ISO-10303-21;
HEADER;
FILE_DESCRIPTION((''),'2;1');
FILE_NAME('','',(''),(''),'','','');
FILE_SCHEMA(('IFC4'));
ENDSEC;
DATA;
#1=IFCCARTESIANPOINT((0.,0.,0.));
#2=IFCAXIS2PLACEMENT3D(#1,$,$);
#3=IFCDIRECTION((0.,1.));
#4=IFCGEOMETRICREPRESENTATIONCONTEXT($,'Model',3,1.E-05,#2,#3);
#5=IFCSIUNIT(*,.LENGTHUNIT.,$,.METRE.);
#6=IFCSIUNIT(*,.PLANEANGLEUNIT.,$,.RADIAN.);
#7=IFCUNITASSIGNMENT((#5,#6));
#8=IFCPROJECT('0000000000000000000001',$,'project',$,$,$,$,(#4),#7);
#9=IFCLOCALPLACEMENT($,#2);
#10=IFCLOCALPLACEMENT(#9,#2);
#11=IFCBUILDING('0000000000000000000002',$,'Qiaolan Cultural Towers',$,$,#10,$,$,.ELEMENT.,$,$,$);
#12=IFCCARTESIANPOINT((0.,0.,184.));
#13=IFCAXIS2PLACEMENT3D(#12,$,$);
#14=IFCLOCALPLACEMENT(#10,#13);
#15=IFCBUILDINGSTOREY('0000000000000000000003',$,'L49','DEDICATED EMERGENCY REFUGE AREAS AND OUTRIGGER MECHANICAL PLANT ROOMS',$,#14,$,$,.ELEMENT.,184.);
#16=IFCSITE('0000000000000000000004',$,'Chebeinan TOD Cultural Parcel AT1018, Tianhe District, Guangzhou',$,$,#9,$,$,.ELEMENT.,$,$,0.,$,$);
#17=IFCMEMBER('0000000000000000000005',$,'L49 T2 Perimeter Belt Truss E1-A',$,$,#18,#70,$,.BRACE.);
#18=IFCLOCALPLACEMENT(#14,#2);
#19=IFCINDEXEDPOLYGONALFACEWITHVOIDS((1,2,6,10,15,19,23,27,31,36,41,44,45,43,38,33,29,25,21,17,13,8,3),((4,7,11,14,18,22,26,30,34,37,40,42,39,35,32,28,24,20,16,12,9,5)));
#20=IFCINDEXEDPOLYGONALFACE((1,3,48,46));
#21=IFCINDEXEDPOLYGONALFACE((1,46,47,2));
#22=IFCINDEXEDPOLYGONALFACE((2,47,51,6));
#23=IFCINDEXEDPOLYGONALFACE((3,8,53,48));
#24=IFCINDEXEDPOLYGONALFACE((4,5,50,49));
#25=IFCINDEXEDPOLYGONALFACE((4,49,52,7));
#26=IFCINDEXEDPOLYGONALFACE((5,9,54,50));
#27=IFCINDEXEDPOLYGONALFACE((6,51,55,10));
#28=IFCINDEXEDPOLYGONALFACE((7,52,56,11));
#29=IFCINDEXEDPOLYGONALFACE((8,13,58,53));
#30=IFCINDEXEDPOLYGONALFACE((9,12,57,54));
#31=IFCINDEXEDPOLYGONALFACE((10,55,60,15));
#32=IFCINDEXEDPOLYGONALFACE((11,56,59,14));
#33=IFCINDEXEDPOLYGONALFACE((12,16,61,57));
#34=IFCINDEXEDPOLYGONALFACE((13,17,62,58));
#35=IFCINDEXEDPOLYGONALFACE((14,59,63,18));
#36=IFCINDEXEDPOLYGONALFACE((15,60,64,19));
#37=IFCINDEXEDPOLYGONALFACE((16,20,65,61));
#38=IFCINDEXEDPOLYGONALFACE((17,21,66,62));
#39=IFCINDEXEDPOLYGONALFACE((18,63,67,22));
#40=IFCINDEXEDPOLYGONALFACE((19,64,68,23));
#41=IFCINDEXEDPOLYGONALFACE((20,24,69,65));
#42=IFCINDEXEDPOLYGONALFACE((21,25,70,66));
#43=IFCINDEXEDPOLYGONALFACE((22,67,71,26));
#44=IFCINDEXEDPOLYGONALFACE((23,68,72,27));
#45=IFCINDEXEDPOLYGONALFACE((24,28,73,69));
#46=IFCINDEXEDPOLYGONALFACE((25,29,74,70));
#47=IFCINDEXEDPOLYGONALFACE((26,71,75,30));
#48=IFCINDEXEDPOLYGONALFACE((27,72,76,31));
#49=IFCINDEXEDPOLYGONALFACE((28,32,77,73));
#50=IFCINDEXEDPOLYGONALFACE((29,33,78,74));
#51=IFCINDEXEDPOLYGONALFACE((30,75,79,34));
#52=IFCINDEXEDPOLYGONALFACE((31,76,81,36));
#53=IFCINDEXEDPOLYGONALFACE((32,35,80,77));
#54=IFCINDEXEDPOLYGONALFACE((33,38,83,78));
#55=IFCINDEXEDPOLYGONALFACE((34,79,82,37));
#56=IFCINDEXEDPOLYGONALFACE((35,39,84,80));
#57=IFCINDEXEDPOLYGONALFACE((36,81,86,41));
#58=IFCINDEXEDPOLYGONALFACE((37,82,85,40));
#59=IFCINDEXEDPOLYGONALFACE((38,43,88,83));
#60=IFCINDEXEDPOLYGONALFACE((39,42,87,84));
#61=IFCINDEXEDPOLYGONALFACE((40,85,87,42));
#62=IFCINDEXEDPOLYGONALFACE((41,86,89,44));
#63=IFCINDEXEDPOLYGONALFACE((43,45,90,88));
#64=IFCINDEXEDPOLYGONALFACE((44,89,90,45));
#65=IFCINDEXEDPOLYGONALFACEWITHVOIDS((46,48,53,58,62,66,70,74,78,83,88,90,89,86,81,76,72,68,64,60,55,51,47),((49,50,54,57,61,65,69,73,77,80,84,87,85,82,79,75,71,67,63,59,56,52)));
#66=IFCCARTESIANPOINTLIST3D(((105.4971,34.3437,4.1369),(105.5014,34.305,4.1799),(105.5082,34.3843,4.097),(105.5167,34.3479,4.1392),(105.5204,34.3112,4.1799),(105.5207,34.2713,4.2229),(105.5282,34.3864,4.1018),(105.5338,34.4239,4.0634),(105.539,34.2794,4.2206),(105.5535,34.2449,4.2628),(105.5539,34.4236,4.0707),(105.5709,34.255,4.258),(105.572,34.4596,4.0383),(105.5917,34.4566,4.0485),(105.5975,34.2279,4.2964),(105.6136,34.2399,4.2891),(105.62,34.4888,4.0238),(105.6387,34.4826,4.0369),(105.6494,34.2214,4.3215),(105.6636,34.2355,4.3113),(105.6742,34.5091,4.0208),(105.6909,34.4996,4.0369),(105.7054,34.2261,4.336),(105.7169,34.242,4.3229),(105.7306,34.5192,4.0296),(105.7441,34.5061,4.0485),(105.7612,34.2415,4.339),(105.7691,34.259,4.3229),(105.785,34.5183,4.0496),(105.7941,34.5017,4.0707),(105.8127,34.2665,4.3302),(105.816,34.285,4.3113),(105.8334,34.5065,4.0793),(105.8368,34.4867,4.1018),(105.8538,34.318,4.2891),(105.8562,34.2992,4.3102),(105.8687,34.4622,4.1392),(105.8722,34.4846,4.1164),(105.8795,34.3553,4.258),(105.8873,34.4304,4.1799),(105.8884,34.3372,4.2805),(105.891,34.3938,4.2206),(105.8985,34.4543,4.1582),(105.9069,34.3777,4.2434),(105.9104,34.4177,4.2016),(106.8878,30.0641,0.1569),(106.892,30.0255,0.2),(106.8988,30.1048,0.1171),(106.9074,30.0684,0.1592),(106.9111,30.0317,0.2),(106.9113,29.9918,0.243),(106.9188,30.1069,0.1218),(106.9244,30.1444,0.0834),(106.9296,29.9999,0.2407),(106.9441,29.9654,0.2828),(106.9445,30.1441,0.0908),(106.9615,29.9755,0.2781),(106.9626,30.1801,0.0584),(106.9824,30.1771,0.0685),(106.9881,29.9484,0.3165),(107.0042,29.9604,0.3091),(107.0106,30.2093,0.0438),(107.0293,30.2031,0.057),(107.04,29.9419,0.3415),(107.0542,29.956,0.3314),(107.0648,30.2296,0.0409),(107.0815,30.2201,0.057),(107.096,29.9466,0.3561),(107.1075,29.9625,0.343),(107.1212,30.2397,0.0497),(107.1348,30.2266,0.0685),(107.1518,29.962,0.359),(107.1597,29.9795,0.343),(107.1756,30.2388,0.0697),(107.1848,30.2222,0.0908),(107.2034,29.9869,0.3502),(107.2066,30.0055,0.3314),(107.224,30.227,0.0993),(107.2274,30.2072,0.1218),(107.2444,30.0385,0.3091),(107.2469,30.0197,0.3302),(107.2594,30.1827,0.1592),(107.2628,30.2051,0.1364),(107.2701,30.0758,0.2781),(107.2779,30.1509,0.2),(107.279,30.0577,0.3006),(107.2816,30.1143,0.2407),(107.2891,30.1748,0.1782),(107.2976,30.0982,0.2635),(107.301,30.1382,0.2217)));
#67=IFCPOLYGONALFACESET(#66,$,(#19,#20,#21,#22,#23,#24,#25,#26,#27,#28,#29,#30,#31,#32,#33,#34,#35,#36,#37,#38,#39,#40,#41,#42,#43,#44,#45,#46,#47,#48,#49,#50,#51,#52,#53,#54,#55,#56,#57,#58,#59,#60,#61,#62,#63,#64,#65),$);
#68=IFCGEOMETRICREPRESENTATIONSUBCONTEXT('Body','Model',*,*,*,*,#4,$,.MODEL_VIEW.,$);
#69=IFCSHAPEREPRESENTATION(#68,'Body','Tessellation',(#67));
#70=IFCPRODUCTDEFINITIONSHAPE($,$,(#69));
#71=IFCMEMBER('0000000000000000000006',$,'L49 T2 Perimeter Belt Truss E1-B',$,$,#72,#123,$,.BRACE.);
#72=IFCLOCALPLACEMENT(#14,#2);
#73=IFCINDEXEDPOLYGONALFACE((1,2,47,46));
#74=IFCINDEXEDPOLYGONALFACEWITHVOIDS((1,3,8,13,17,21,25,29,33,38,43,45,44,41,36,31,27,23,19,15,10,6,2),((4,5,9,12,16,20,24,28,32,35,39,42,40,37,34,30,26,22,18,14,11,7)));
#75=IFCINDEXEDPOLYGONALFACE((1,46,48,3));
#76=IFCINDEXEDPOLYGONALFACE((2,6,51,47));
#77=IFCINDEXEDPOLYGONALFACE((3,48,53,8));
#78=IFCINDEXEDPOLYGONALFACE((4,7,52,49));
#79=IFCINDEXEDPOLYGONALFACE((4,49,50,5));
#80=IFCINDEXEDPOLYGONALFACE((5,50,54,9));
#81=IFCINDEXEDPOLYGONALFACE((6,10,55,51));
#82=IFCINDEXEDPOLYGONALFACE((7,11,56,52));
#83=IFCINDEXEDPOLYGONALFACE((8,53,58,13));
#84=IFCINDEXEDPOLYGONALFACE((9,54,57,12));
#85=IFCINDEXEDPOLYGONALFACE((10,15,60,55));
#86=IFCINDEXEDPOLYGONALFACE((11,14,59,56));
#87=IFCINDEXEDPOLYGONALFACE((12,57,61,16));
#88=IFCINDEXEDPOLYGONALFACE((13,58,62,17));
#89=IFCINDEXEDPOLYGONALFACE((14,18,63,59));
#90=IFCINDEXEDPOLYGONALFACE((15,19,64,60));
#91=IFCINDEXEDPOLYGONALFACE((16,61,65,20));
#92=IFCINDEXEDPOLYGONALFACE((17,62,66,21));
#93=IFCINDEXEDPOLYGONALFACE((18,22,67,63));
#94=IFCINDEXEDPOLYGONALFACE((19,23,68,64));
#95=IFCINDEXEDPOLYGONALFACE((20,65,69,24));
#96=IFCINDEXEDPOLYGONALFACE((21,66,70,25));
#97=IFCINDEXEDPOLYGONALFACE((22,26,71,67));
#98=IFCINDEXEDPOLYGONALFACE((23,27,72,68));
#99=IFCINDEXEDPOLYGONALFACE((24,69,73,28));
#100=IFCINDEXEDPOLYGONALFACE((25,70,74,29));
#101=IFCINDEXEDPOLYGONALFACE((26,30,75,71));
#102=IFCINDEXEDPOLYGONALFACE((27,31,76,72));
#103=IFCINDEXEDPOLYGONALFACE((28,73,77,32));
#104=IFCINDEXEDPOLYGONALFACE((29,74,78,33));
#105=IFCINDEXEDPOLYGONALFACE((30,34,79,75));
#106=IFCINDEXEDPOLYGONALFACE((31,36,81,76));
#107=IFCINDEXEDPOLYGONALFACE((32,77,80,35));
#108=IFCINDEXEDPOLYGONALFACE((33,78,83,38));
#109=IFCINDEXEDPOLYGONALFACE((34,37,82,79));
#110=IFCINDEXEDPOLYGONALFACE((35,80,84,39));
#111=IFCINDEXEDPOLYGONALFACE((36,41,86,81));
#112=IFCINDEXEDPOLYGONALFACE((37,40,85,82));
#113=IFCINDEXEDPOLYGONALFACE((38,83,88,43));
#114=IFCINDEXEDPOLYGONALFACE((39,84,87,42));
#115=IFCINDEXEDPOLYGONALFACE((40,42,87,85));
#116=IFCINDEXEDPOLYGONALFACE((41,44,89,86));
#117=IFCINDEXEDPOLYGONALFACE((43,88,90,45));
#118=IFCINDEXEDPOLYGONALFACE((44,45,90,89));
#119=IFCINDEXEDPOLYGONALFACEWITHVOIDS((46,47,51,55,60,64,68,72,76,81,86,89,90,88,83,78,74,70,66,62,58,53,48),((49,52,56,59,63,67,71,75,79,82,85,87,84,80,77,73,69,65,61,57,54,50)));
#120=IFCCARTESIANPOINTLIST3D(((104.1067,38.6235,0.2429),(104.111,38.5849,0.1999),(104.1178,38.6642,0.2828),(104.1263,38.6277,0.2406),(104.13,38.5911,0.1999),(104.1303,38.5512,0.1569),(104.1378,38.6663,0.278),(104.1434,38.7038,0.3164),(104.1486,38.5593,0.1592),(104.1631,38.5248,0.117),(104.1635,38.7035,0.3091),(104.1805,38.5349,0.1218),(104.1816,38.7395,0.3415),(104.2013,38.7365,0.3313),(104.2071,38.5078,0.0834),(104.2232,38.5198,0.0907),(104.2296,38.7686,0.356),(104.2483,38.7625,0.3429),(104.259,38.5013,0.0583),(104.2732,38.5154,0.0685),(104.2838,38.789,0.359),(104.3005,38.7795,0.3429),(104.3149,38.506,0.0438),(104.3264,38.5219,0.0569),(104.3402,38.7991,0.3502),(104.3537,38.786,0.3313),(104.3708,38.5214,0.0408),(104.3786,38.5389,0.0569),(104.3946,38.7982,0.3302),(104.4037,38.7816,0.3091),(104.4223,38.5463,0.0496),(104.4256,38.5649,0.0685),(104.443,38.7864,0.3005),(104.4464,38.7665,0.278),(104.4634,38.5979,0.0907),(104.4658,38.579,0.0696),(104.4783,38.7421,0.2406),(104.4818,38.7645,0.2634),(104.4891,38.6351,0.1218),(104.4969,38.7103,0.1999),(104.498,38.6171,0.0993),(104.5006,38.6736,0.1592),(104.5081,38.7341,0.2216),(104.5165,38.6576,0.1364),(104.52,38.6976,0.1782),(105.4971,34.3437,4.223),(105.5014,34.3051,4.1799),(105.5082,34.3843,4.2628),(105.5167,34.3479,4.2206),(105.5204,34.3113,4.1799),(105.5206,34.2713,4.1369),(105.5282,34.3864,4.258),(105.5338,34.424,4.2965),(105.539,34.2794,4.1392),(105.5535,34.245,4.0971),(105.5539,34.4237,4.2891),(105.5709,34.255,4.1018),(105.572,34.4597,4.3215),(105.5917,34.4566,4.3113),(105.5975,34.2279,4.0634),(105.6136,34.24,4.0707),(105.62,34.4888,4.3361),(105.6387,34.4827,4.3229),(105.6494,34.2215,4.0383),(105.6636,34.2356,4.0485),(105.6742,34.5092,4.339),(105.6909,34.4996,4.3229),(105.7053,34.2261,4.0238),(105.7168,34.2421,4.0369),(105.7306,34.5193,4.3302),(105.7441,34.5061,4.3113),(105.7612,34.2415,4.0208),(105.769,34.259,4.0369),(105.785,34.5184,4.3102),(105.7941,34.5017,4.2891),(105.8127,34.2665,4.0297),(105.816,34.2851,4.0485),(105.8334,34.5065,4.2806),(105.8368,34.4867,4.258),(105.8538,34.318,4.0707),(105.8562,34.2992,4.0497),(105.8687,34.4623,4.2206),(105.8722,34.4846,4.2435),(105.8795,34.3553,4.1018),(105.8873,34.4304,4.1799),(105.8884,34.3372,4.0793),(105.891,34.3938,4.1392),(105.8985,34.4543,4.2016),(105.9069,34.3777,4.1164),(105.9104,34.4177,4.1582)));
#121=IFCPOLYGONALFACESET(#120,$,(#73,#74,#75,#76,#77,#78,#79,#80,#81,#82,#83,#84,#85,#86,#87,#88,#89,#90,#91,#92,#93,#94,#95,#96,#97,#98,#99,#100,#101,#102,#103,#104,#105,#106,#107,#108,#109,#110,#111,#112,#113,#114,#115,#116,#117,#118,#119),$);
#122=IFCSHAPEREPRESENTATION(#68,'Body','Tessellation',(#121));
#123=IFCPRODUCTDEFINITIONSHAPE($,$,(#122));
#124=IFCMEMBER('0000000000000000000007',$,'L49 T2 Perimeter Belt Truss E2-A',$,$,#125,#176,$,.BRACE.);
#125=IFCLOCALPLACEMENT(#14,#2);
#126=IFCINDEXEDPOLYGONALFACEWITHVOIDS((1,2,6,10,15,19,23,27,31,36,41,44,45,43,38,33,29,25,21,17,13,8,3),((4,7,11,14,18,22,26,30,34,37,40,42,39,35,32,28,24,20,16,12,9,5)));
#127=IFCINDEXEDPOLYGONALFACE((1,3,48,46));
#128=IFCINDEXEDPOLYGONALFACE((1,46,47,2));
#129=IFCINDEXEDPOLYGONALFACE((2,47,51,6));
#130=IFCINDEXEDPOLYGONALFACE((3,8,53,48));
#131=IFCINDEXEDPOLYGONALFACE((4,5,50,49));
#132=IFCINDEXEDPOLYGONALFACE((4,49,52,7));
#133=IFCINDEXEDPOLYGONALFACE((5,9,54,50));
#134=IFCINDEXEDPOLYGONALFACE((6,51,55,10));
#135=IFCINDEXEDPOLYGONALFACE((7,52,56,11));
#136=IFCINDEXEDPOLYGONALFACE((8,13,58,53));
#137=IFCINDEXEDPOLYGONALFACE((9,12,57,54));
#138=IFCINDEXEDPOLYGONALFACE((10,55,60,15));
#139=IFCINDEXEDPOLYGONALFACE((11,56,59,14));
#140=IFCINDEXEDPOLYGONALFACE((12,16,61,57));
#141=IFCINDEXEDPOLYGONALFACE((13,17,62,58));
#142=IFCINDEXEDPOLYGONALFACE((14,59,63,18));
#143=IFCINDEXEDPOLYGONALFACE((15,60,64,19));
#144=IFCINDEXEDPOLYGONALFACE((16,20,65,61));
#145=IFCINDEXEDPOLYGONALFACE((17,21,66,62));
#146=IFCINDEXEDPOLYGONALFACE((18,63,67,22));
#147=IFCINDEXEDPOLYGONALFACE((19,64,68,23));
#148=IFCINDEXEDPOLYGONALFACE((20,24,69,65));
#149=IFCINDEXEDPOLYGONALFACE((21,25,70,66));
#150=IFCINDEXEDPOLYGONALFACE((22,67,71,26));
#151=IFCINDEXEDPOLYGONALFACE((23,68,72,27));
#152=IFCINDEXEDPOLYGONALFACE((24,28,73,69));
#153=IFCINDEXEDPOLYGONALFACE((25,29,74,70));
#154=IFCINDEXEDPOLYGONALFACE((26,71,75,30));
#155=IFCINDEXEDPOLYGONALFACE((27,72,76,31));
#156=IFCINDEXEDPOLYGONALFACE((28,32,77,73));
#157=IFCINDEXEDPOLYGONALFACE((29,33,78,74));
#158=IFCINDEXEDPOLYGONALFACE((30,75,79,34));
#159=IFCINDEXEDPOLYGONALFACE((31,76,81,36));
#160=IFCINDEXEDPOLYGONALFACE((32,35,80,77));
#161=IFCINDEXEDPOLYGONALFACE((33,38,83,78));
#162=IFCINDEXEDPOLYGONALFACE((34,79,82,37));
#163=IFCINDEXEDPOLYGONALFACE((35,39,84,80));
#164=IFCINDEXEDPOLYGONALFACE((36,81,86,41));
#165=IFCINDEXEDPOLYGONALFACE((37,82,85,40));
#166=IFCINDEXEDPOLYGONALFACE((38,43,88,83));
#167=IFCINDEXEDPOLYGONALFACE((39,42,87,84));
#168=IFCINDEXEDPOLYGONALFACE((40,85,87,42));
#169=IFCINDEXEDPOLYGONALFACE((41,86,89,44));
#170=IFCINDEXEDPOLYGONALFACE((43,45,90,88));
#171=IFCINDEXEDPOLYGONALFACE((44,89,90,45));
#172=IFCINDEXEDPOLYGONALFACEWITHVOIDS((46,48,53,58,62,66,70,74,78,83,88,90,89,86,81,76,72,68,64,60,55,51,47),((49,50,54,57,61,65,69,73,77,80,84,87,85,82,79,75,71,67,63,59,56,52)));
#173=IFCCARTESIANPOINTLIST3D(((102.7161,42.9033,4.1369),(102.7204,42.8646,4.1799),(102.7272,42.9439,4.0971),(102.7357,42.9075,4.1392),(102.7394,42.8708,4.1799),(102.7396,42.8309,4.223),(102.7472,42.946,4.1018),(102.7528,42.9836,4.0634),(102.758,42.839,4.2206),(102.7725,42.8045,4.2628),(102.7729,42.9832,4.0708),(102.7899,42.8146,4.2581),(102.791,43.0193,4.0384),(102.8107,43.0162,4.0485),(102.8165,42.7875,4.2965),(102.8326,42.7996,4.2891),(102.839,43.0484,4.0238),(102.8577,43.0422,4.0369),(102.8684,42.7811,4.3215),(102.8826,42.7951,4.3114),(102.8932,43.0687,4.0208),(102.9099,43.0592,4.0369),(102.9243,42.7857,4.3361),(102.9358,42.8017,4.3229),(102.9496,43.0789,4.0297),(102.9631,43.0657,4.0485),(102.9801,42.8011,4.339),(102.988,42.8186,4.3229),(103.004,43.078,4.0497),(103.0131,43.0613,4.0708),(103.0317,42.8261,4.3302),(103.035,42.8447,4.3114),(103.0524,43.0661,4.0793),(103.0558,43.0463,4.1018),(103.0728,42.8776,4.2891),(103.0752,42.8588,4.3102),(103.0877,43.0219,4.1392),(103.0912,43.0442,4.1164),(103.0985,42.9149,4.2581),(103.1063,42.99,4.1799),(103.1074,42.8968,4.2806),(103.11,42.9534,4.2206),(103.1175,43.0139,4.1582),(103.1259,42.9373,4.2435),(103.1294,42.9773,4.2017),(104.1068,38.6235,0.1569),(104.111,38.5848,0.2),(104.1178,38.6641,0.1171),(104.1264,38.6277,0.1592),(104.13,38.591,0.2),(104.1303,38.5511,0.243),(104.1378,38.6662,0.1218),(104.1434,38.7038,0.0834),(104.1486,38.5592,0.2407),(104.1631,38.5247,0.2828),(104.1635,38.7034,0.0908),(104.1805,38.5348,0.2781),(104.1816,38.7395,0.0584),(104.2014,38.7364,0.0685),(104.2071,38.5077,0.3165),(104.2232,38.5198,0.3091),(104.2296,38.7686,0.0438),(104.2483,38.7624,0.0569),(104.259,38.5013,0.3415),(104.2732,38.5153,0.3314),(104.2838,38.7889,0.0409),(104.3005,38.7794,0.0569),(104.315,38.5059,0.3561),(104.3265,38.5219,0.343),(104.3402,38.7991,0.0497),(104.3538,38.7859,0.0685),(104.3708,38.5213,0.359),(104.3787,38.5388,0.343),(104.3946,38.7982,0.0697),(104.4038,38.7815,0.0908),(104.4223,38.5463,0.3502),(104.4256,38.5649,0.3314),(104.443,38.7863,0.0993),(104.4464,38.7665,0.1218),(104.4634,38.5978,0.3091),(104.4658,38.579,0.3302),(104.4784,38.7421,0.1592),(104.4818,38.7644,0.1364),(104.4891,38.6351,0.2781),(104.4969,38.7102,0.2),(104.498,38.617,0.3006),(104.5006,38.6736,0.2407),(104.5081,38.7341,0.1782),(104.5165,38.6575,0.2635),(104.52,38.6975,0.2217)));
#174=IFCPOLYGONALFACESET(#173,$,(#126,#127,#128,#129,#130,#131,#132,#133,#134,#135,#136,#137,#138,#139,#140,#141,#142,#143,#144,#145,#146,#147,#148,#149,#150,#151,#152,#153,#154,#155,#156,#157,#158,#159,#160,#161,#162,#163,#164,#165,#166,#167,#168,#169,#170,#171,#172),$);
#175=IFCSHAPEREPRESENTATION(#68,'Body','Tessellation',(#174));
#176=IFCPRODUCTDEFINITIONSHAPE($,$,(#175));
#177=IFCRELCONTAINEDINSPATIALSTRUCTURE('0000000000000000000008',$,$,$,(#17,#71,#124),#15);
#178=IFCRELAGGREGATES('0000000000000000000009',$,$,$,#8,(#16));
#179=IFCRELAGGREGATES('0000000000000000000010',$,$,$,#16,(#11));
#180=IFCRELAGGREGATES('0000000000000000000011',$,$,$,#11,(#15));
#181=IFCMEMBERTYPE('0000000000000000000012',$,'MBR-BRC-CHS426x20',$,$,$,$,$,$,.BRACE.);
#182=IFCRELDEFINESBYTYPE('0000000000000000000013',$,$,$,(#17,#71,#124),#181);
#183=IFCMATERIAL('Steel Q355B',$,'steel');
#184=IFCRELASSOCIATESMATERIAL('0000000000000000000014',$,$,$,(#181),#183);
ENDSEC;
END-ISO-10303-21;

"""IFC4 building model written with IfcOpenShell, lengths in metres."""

from ifc_helpers import new_model, si_unit, direction, frame, origin, origin_2d, place, context, subcontext, project, spatial, hollow_circle, extrude, material, material_profile, profile_set, type_object, element, save


model = new_model("IFC4")

# Units and contexts
model_context = context("Model", 3, precision=1e-05, world=origin(), true_north=direction((0.0, 1.0)))
body_context = subcontext(model_context, "Body", "Model", "MODEL_VIEW")
ifc_project = project(units=[si_unit("LENGTHUNIT", "METRE"), si_unit("PLANEANGLEUNIT", "RADIAN")], contexts=[model_context])

# Site, building, storey
site_placement = place(None, origin())
site = spatial("IfcSite", under=ifc_project, at=site_placement, Name="Chebeinan TOD Cultural Parcel AT1018, Tianhe District, Guangzhou", CompositionType="ELEMENT", RefElevation=0.0)
building_placement = place(site_placement, origin())
building = spatial("IfcBuilding", under=site, at=building_placement, Name="Qiaolan Cultural Towers", CompositionType="ELEMENT")
storey_placement = place(building_placement, frame((0.0, 0.0, 184.0)))
storey = spatial("IfcBuildingStorey", under=building, at=storey_placement, Name="L49", Description="DEDICATED EMERGENCY REFUGE AREAS AND OUTRIGGER MECHANICAL PLANT ROOMS", CompositionType="ELEMENT", Elevation=184.0)

# Members
ifc_material_1 = material(Name="Steel Q355B", Category="steel")
ifc_material_profile_1 = material_profile(ifc_material_1, hollow_circle(Radius=0.2129, WallThickness=0.02, at=origin_2d()), Name="CHS426x20")
ifc_profile_set_1 = profile_set([ifc_material_profile_1], Name="Steel Q355B")
member_type_1 = type_object("IfcMemberType", Name="MBR-BRC-CHS426x20", PredefinedType="BRACE", material=ifc_profile_set_1)
member_1_placement = place(storey_placement, frame((107.0945, 30.0913, 0.2), z_axis=(-0.231486, 0.712381, 0.662516), x_axis=(-0.951049, -0.309041, 0.0)))
element("IfcMember", 1, at=member_1_placement, inside=storey, type_object=member_type_1, Name="L49 T2 Perimeter Belt Truss E1-A", PredefinedType="BRACE", context=body_context, shape_type="SweptSolid", body=[
    extrude(hollow_circle(Radius=0.2129, WallThickness=0.02, at=origin_2d()), origin(), (0.0, 0.0, 1.0), 6.0073),
])
for number, where, z_axis, x_axis, name in (
    (2, (105.7039, 34.3708, 4.1799), (-0.231441, 0.712408, -0.662503), (-0.95107, -0.308976, 0.0), "L49 T2 Perimeter Belt Truss E1-B"),
    (3, (104.3135, 38.6506, 0.2), (-0.23148, 0.712401, 0.662497), (-0.951054, -0.309025, 0.0), "L49 T2 Perimeter Belt Truss E2-A"),
):
    element("IfcMember", number, at=place(storey_placement, frame(where, z_axis=z_axis, x_axis=x_axis)), inside=storey, type_object=member_type_1, Name=name, PredefinedType="BRACE", context=body_context, shape_type="SweptSolid", body=[
        extrude(hollow_circle(Radius=0.2129, WallThickness=0.02, at=origin_2d()), origin(), (0.0, 0.0, 1.0), 6.0076),
    ])

save(model, "model.ifc")
